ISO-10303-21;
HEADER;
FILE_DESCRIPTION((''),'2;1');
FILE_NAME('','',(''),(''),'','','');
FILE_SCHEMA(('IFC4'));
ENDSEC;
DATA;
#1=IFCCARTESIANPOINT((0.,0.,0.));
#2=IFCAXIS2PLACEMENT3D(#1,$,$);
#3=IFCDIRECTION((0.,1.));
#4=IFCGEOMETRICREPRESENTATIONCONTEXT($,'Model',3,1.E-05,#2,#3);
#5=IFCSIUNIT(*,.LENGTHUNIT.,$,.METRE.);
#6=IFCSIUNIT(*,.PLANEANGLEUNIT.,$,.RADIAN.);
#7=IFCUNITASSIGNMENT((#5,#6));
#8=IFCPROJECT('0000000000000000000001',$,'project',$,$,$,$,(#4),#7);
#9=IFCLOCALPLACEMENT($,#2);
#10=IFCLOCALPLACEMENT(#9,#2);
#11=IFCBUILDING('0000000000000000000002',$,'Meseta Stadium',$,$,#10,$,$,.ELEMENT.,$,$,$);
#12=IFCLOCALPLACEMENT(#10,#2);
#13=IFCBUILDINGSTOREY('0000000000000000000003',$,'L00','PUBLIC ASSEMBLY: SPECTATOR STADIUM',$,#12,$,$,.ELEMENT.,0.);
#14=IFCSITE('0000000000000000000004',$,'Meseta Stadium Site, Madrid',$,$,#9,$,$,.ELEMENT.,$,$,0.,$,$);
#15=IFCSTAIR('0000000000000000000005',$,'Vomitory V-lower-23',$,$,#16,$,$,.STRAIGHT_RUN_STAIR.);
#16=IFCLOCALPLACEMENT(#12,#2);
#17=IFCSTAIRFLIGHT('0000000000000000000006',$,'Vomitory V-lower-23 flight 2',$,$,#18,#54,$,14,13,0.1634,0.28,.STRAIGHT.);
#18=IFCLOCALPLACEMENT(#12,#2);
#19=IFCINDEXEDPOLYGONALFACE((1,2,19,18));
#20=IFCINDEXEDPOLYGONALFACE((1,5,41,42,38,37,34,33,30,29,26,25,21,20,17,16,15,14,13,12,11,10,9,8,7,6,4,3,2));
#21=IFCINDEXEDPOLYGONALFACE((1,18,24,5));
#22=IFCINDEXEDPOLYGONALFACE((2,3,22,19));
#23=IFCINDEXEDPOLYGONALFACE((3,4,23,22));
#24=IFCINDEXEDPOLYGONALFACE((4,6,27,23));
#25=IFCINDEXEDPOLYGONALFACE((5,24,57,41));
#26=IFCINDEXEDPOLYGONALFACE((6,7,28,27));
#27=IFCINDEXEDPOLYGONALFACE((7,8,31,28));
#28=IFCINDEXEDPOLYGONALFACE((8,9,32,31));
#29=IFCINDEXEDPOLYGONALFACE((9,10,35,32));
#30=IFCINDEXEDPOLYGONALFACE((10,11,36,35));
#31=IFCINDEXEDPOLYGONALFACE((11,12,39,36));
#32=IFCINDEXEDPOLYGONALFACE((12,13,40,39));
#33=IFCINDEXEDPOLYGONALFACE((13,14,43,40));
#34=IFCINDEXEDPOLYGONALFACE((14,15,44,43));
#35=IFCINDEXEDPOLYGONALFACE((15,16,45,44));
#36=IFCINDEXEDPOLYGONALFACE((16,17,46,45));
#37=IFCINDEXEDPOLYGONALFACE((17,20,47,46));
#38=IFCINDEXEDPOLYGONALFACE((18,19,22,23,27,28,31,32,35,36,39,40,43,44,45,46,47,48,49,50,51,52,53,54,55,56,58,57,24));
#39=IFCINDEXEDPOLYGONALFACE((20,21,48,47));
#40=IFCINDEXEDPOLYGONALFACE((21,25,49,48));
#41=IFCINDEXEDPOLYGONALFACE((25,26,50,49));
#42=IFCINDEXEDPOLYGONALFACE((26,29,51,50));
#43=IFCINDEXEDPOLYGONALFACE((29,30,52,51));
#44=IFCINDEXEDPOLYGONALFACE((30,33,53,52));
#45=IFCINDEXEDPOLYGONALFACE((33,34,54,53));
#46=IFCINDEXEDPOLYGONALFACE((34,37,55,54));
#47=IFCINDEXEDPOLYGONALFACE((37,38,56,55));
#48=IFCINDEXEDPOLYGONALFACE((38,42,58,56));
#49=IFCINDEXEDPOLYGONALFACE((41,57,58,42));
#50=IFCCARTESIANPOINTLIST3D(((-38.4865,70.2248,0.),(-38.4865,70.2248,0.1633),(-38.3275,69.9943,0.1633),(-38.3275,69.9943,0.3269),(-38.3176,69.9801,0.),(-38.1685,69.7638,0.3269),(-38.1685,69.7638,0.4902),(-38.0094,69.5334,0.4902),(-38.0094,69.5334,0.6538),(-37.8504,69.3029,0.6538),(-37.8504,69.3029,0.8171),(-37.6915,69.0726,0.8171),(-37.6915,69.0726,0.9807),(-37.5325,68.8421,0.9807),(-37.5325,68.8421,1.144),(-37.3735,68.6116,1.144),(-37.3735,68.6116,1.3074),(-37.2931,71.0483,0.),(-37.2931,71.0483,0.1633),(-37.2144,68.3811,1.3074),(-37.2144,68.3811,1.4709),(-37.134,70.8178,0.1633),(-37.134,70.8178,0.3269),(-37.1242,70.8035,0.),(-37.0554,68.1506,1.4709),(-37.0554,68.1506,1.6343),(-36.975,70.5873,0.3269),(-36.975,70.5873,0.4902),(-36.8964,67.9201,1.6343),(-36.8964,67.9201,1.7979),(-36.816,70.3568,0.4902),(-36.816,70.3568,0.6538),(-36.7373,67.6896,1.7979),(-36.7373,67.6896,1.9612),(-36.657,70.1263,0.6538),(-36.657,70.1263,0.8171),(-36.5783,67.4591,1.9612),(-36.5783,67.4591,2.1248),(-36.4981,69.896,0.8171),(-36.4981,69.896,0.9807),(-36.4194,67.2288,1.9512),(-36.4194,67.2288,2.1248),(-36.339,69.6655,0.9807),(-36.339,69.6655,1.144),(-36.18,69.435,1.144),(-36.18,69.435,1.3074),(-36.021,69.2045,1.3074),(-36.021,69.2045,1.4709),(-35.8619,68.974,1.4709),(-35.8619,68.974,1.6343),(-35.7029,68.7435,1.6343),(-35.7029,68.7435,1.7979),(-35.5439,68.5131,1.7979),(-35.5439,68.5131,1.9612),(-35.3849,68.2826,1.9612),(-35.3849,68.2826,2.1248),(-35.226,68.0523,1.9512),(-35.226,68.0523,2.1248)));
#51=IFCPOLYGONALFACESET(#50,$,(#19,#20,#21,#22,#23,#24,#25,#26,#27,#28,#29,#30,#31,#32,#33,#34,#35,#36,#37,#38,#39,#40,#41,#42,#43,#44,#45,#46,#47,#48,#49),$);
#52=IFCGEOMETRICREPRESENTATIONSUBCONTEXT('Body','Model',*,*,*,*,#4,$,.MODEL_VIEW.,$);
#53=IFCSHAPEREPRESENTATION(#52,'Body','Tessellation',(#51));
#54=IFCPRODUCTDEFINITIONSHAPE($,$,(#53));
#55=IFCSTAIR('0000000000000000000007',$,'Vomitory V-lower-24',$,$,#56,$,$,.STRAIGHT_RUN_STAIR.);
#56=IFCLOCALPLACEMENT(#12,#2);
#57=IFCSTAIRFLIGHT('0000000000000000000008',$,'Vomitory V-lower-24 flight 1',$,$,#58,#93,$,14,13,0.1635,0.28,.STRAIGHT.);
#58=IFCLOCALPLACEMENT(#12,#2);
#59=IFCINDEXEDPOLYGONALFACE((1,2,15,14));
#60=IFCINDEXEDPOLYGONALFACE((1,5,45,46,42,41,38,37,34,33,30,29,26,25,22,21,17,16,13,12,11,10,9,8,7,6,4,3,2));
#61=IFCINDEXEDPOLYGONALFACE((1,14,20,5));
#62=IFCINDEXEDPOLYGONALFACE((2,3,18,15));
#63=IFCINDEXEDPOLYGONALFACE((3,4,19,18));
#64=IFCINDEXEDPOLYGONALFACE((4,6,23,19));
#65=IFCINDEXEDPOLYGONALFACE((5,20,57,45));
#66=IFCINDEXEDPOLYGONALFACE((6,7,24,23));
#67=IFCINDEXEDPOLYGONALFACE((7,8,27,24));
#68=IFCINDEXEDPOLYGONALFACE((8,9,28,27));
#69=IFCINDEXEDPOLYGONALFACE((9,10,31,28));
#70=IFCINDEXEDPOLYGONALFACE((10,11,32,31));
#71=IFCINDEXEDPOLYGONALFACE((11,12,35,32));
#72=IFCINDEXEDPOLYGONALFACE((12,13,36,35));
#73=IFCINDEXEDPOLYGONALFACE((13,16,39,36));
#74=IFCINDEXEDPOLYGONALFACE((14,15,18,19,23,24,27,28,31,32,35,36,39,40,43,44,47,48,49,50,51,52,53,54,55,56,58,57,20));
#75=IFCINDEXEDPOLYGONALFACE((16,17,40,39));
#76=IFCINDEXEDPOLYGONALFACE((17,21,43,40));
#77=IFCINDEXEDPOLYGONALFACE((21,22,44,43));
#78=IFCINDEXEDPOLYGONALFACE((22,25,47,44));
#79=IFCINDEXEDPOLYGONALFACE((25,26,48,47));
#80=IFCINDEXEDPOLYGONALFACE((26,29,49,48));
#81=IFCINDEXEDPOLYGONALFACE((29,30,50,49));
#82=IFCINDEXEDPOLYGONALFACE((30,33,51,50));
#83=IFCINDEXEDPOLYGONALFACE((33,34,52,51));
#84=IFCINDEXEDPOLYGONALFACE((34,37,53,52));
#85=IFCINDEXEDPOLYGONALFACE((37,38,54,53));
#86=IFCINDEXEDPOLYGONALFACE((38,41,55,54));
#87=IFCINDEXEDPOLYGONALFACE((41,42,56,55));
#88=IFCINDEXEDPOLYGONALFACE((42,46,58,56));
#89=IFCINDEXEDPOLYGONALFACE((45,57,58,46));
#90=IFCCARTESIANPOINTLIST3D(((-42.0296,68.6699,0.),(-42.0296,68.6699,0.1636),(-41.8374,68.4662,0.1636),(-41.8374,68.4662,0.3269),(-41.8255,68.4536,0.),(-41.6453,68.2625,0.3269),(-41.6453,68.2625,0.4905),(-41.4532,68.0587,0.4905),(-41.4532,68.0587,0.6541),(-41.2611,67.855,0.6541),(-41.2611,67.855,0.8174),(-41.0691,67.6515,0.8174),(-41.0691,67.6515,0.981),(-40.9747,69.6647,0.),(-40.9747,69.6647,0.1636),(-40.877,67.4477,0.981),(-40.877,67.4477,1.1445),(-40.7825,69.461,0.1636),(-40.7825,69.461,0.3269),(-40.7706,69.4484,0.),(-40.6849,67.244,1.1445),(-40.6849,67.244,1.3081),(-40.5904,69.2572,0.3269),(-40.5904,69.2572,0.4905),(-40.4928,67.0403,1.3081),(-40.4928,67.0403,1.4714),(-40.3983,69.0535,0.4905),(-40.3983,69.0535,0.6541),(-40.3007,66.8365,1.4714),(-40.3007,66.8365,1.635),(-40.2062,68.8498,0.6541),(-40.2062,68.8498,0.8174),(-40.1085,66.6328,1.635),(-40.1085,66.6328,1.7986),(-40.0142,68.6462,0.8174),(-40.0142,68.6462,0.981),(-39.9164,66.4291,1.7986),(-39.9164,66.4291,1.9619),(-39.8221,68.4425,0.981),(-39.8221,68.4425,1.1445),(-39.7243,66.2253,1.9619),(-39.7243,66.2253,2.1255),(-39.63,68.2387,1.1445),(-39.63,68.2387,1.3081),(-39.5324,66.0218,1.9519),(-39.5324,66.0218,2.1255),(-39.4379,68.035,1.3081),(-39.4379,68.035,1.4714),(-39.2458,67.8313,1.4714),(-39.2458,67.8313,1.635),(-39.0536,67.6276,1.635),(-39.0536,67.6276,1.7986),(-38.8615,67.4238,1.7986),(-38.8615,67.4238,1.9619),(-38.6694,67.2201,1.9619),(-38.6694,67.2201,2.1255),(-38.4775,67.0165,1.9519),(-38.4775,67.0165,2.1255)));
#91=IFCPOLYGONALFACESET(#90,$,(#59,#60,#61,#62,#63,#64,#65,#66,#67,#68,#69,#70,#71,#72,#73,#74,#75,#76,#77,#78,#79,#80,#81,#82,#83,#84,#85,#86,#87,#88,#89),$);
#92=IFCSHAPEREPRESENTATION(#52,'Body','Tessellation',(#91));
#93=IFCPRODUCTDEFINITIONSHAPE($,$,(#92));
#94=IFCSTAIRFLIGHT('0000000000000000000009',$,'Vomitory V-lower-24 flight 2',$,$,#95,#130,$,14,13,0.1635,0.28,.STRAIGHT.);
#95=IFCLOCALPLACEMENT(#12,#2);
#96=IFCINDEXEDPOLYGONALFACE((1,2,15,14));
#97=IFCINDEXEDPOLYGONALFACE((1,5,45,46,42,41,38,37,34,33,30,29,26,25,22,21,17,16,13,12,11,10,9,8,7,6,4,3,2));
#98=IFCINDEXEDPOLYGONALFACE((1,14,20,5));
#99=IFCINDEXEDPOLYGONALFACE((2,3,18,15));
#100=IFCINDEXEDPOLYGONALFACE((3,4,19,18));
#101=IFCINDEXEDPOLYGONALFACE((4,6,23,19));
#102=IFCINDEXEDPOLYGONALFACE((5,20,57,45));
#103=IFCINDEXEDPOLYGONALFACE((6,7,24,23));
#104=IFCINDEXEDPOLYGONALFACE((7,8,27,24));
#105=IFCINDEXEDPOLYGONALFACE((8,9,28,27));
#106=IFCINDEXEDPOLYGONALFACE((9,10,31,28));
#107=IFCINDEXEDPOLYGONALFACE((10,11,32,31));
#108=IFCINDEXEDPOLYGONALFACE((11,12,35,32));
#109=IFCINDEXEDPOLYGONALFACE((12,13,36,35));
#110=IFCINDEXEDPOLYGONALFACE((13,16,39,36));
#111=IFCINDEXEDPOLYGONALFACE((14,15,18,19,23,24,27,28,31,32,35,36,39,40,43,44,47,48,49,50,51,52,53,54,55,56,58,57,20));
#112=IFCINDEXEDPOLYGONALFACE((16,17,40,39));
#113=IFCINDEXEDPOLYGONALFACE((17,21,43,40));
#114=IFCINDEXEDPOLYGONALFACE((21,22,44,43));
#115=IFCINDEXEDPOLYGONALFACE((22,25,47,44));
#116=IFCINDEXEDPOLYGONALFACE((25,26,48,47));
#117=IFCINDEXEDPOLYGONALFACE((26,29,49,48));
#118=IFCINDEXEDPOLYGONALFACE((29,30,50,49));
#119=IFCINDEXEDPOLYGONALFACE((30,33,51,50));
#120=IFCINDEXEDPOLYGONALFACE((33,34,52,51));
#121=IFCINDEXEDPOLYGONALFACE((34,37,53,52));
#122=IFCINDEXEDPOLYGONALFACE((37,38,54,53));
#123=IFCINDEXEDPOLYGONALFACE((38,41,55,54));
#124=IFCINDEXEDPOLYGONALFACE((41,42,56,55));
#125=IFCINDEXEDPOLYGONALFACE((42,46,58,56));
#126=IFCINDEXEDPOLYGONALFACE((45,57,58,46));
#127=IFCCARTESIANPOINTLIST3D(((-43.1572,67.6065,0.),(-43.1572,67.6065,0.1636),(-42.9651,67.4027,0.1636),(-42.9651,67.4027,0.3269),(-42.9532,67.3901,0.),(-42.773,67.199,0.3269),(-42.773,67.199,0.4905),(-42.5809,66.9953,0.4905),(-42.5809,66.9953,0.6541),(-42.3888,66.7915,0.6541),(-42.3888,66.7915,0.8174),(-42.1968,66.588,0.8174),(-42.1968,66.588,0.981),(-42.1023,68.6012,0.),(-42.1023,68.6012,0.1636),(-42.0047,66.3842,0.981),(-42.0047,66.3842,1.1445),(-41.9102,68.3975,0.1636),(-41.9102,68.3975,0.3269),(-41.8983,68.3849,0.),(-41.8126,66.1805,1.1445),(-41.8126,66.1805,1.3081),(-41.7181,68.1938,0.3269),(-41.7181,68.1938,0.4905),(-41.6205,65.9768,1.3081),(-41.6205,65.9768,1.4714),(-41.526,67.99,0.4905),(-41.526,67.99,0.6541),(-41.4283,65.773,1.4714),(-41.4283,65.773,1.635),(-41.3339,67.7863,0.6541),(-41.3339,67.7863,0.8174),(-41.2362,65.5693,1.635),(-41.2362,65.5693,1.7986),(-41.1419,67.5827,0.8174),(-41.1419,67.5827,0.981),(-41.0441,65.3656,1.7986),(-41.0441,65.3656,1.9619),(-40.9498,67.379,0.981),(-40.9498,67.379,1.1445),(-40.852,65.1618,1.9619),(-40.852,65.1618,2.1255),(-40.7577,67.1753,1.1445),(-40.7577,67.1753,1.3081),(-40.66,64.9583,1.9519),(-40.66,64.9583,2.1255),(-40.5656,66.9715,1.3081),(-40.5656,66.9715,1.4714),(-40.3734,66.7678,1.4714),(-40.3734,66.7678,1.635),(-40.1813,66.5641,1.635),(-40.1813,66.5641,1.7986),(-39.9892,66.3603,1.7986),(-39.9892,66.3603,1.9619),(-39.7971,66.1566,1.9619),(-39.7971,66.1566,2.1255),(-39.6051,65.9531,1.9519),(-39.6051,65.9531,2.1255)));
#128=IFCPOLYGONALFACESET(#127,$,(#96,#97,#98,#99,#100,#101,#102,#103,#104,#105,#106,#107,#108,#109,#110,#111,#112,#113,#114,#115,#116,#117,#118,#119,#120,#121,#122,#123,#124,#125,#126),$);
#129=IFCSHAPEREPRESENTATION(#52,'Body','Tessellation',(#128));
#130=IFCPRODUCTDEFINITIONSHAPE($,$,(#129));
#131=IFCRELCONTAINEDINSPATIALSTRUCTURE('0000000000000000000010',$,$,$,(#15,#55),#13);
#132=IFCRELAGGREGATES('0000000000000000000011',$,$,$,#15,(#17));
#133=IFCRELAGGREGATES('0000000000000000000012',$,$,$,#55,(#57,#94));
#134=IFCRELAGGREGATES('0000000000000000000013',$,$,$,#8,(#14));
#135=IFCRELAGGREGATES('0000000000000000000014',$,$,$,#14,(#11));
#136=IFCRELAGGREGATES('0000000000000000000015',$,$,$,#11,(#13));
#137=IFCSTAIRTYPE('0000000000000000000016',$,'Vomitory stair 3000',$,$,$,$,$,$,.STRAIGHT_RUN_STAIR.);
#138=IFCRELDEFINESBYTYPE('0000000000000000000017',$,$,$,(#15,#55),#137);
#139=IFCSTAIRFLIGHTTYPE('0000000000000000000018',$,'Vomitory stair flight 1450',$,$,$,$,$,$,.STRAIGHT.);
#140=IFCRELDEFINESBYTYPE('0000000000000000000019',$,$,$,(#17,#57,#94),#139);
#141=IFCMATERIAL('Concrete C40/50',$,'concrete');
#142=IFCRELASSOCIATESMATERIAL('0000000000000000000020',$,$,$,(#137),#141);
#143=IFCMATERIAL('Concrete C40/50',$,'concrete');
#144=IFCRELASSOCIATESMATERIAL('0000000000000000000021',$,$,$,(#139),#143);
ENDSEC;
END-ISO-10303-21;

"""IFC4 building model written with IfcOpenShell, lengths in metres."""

from ifc_helpers import new_model, si_unit, direction, frame, origin, place, context, subcontext, project, spatial, polyline, outline, extrude, material, type_object, element, aggregate, save


model = new_model("IFC4")

# Units and contexts
model_context = context("Model", 3, precision=1e-05, world=origin(), true_north=direction((0.0, 1.0)))
body_context = subcontext(model_context, "Body", "Model", "MODEL_VIEW")
ifc_project = project(units=[si_unit("LENGTHUNIT", "METRE"), si_unit("PLANEANGLEUNIT", "RADIAN")], contexts=[model_context])

# Site, building, storey
site_placement = place(None, origin())
site = spatial("IfcSite", under=ifc_project, at=site_placement, Name="Meseta Stadium Site, Madrid", CompositionType="ELEMENT", RefElevation=0.0)
building_placement = place(site_placement, origin())
building = spatial("IfcBuilding", under=site, at=building_placement, Name="Meseta Stadium", CompositionType="ELEMENT")
storey_placement = place(building_placement, origin())
storey = spatial("IfcBuildingStorey", under=building, at=storey_placement, Name="L00", Description="PUBLIC ASSEMBLY: SPECTATOR STADIUM", CompositionType="ELEMENT", Elevation=0.0)

# Stairs, stair flights
ifc_material_1 = material(Name="Concrete C40/50", Category="concrete")
stair_type = type_object("IfcStairType", Name="Vomitory stair 3000", PredefinedType="STRAIGHT_RUN_STAIR", material=ifc_material_1)
stair_1_placement = place(storey_placement, origin())
stair_1 = element("IfcStair", 1, at=stair_1_placement, inside=storey, type_object=stair_type, Name="Vomitory V-lower-23", PredefinedType="STRAIGHT_RUN_STAIR")
ifc_material_2 = material(Name="Concrete C40/50", Category="concrete")
stair_flight_type = type_object("IfcStairFlightType", Name="Vomitory stair flight 1450", PredefinedType="STRAIGHT", material=ifc_material_2)
stair_flight_1_placement = place(storey_placement, frame((-37.8899, 70.6365, 0.0), z_axis=(0.0, 0.0, 1.0), x_axis=(0.5679, -0.823098, 0.0)))
stair_flight_1 = element("IfcStairFlight", 2, at=stair_flight_1_placement, type_object=stair_flight_type, Name="Vomitory V-lower-23 flight 2", NumberOfRisers=14, NumberOfTreads=13, PredefinedType="STRAIGHT", RiserHeight=0.1634, TreadLength=0.28, context=body_context, shape_type="SweptSolid", body=[
    extrude(outline(polyline([(0.0, 0.0), (0.0, 0.1633), (0.28, 0.1633), (0.28, 0.3269), (0.5601, 0.3269), (0.5601, 0.4902), (0.8401, 0.4902), (0.8401, 0.6538), (1.1201, 0.6538), (1.1201, 0.8171), (1.3999, 0.8171), (1.3999, 0.9807), (1.6799, 0.9807), (1.6799, 1.144), (1.96, 1.144), (1.96, 1.3074), (2.24, 1.3074), (2.24, 1.4709), (2.52, 1.4709), (2.52, 1.6343), (2.8, 1.6343), (2.8, 1.7979), (3.0801, 1.7979), (3.0801, 1.9612), (3.3601, 1.9612), (3.3601, 2.1248), (3.6399, 2.1248), (3.6399, 1.9512), (0.2974, 0.0), (0.0, 0.0)])), frame((0.0, 0.7251, 0.0), z_axis=(0.0, -1.0, 0.0), x_axis=(1.0, 0.0, 0.0)), (0.0, 0.0, 1.0), 1.45),
])
aggregate(stair_1, [stair_flight_1])
stair_2_placement = place(storey_placement, origin())
stair_2 = element("IfcStair", 3, at=stair_2_placement, inside=storey, type_object=stair_type, Name="Vomitory V-lower-24", PredefinedType="STRAIGHT_RUN_STAIR")
stair_flight_2_placement = place(storey_placement, frame((-41.5022, 69.1672, 0.0), z_axis=(0.0, 0.0, 1.0), x_axis=(0.686065, -0.727541, 0.0)))
stair_flight_2 = element("IfcStairFlight", 4, at=stair_flight_2_placement, type_object=stair_flight_type, Name="Vomitory V-lower-24 flight 1", NumberOfRisers=14, NumberOfTreads=13, PredefinedType="STRAIGHT", RiserHeight=0.1635, TreadLength=0.28, context=body_context, shape_type="SweptSolid", body=[
    extrude(outline(polyline([(0.0, 0.0), (0.0, 0.1636), (0.28, 0.1636), (0.28, 0.3269), (0.5601, 0.3269), (0.5601, 0.4905), (0.8401, 0.4905), (0.8401, 0.6541), (1.1201, 0.6541), (1.1201, 0.8174), (1.3999, 0.8174), (1.3999, 0.981), (1.6799, 0.981), (1.6799, 1.1445), (1.96, 1.1445), (1.96, 1.3081), (2.24, 1.3081), (2.24, 1.4714), (2.52, 1.4714), (2.52, 1.635), (2.8, 1.635), (2.8, 1.7986), (3.0801, 1.7986), (3.0801, 1.9619), (3.3601, 1.9619), (3.3601, 2.1255), (3.6399, 2.1255), (3.6399, 1.9519), (0.2974, 0.0), (0.0, 0.0)])), frame((0.0, 0.7251, 0.0), z_axis=(0.0, -1.0, 0.0), x_axis=(1.0, 0.0, 0.0)), (0.0, 0.0, 1.0), 1.45),
])
stair_flight_3_placement = place(storey_placement, frame((-42.6299, 68.1038, 0.0), z_axis=(0.0, 0.0, 1.0), x_axis=(0.686065, -0.727541, 0.0)))
stair_flight_3 = element("IfcStairFlight", 5, at=stair_flight_3_placement, type_object=stair_flight_type, Name="Vomitory V-lower-24 flight 2", NumberOfRisers=14, NumberOfTreads=13, PredefinedType="STRAIGHT", RiserHeight=0.1635, TreadLength=0.28, context=body_context, shape_type="SweptSolid", body=[
    extrude(outline(polyline([(0.0, 0.0), (0.0, 0.1636), (0.28, 0.1636), (0.28, 0.3269), (0.5601, 0.3269), (0.5601, 0.4905), (0.8401, 0.4905), (0.8401, 0.6541), (1.1201, 0.6541), (1.1201, 0.8174), (1.3999, 0.8174), (1.3999, 0.981), (1.6799, 0.981), (1.6799, 1.1445), (1.96, 1.1445), (1.96, 1.3081), (2.24, 1.3081), (2.24, 1.4714), (2.52, 1.4714), (2.52, 1.635), (2.8, 1.635), (2.8, 1.7986), (3.0801, 1.7986), (3.0801, 1.9619), (3.3601, 1.9619), (3.3601, 2.1255), (3.6399, 2.1255), (3.6399, 1.9519), (0.2974, 0.0), (0.0, 0.0)])), frame((0.0, 0.7251, 0.0), z_axis=(0.0, -1.0, 0.0), x_axis=(1.0, 0.0, 0.0)), (0.0, 0.0, 1.0), 1.45),
])
aggregate(stair_2, [stair_flight_2, stair_flight_3])

save(model, "model.ifc")
